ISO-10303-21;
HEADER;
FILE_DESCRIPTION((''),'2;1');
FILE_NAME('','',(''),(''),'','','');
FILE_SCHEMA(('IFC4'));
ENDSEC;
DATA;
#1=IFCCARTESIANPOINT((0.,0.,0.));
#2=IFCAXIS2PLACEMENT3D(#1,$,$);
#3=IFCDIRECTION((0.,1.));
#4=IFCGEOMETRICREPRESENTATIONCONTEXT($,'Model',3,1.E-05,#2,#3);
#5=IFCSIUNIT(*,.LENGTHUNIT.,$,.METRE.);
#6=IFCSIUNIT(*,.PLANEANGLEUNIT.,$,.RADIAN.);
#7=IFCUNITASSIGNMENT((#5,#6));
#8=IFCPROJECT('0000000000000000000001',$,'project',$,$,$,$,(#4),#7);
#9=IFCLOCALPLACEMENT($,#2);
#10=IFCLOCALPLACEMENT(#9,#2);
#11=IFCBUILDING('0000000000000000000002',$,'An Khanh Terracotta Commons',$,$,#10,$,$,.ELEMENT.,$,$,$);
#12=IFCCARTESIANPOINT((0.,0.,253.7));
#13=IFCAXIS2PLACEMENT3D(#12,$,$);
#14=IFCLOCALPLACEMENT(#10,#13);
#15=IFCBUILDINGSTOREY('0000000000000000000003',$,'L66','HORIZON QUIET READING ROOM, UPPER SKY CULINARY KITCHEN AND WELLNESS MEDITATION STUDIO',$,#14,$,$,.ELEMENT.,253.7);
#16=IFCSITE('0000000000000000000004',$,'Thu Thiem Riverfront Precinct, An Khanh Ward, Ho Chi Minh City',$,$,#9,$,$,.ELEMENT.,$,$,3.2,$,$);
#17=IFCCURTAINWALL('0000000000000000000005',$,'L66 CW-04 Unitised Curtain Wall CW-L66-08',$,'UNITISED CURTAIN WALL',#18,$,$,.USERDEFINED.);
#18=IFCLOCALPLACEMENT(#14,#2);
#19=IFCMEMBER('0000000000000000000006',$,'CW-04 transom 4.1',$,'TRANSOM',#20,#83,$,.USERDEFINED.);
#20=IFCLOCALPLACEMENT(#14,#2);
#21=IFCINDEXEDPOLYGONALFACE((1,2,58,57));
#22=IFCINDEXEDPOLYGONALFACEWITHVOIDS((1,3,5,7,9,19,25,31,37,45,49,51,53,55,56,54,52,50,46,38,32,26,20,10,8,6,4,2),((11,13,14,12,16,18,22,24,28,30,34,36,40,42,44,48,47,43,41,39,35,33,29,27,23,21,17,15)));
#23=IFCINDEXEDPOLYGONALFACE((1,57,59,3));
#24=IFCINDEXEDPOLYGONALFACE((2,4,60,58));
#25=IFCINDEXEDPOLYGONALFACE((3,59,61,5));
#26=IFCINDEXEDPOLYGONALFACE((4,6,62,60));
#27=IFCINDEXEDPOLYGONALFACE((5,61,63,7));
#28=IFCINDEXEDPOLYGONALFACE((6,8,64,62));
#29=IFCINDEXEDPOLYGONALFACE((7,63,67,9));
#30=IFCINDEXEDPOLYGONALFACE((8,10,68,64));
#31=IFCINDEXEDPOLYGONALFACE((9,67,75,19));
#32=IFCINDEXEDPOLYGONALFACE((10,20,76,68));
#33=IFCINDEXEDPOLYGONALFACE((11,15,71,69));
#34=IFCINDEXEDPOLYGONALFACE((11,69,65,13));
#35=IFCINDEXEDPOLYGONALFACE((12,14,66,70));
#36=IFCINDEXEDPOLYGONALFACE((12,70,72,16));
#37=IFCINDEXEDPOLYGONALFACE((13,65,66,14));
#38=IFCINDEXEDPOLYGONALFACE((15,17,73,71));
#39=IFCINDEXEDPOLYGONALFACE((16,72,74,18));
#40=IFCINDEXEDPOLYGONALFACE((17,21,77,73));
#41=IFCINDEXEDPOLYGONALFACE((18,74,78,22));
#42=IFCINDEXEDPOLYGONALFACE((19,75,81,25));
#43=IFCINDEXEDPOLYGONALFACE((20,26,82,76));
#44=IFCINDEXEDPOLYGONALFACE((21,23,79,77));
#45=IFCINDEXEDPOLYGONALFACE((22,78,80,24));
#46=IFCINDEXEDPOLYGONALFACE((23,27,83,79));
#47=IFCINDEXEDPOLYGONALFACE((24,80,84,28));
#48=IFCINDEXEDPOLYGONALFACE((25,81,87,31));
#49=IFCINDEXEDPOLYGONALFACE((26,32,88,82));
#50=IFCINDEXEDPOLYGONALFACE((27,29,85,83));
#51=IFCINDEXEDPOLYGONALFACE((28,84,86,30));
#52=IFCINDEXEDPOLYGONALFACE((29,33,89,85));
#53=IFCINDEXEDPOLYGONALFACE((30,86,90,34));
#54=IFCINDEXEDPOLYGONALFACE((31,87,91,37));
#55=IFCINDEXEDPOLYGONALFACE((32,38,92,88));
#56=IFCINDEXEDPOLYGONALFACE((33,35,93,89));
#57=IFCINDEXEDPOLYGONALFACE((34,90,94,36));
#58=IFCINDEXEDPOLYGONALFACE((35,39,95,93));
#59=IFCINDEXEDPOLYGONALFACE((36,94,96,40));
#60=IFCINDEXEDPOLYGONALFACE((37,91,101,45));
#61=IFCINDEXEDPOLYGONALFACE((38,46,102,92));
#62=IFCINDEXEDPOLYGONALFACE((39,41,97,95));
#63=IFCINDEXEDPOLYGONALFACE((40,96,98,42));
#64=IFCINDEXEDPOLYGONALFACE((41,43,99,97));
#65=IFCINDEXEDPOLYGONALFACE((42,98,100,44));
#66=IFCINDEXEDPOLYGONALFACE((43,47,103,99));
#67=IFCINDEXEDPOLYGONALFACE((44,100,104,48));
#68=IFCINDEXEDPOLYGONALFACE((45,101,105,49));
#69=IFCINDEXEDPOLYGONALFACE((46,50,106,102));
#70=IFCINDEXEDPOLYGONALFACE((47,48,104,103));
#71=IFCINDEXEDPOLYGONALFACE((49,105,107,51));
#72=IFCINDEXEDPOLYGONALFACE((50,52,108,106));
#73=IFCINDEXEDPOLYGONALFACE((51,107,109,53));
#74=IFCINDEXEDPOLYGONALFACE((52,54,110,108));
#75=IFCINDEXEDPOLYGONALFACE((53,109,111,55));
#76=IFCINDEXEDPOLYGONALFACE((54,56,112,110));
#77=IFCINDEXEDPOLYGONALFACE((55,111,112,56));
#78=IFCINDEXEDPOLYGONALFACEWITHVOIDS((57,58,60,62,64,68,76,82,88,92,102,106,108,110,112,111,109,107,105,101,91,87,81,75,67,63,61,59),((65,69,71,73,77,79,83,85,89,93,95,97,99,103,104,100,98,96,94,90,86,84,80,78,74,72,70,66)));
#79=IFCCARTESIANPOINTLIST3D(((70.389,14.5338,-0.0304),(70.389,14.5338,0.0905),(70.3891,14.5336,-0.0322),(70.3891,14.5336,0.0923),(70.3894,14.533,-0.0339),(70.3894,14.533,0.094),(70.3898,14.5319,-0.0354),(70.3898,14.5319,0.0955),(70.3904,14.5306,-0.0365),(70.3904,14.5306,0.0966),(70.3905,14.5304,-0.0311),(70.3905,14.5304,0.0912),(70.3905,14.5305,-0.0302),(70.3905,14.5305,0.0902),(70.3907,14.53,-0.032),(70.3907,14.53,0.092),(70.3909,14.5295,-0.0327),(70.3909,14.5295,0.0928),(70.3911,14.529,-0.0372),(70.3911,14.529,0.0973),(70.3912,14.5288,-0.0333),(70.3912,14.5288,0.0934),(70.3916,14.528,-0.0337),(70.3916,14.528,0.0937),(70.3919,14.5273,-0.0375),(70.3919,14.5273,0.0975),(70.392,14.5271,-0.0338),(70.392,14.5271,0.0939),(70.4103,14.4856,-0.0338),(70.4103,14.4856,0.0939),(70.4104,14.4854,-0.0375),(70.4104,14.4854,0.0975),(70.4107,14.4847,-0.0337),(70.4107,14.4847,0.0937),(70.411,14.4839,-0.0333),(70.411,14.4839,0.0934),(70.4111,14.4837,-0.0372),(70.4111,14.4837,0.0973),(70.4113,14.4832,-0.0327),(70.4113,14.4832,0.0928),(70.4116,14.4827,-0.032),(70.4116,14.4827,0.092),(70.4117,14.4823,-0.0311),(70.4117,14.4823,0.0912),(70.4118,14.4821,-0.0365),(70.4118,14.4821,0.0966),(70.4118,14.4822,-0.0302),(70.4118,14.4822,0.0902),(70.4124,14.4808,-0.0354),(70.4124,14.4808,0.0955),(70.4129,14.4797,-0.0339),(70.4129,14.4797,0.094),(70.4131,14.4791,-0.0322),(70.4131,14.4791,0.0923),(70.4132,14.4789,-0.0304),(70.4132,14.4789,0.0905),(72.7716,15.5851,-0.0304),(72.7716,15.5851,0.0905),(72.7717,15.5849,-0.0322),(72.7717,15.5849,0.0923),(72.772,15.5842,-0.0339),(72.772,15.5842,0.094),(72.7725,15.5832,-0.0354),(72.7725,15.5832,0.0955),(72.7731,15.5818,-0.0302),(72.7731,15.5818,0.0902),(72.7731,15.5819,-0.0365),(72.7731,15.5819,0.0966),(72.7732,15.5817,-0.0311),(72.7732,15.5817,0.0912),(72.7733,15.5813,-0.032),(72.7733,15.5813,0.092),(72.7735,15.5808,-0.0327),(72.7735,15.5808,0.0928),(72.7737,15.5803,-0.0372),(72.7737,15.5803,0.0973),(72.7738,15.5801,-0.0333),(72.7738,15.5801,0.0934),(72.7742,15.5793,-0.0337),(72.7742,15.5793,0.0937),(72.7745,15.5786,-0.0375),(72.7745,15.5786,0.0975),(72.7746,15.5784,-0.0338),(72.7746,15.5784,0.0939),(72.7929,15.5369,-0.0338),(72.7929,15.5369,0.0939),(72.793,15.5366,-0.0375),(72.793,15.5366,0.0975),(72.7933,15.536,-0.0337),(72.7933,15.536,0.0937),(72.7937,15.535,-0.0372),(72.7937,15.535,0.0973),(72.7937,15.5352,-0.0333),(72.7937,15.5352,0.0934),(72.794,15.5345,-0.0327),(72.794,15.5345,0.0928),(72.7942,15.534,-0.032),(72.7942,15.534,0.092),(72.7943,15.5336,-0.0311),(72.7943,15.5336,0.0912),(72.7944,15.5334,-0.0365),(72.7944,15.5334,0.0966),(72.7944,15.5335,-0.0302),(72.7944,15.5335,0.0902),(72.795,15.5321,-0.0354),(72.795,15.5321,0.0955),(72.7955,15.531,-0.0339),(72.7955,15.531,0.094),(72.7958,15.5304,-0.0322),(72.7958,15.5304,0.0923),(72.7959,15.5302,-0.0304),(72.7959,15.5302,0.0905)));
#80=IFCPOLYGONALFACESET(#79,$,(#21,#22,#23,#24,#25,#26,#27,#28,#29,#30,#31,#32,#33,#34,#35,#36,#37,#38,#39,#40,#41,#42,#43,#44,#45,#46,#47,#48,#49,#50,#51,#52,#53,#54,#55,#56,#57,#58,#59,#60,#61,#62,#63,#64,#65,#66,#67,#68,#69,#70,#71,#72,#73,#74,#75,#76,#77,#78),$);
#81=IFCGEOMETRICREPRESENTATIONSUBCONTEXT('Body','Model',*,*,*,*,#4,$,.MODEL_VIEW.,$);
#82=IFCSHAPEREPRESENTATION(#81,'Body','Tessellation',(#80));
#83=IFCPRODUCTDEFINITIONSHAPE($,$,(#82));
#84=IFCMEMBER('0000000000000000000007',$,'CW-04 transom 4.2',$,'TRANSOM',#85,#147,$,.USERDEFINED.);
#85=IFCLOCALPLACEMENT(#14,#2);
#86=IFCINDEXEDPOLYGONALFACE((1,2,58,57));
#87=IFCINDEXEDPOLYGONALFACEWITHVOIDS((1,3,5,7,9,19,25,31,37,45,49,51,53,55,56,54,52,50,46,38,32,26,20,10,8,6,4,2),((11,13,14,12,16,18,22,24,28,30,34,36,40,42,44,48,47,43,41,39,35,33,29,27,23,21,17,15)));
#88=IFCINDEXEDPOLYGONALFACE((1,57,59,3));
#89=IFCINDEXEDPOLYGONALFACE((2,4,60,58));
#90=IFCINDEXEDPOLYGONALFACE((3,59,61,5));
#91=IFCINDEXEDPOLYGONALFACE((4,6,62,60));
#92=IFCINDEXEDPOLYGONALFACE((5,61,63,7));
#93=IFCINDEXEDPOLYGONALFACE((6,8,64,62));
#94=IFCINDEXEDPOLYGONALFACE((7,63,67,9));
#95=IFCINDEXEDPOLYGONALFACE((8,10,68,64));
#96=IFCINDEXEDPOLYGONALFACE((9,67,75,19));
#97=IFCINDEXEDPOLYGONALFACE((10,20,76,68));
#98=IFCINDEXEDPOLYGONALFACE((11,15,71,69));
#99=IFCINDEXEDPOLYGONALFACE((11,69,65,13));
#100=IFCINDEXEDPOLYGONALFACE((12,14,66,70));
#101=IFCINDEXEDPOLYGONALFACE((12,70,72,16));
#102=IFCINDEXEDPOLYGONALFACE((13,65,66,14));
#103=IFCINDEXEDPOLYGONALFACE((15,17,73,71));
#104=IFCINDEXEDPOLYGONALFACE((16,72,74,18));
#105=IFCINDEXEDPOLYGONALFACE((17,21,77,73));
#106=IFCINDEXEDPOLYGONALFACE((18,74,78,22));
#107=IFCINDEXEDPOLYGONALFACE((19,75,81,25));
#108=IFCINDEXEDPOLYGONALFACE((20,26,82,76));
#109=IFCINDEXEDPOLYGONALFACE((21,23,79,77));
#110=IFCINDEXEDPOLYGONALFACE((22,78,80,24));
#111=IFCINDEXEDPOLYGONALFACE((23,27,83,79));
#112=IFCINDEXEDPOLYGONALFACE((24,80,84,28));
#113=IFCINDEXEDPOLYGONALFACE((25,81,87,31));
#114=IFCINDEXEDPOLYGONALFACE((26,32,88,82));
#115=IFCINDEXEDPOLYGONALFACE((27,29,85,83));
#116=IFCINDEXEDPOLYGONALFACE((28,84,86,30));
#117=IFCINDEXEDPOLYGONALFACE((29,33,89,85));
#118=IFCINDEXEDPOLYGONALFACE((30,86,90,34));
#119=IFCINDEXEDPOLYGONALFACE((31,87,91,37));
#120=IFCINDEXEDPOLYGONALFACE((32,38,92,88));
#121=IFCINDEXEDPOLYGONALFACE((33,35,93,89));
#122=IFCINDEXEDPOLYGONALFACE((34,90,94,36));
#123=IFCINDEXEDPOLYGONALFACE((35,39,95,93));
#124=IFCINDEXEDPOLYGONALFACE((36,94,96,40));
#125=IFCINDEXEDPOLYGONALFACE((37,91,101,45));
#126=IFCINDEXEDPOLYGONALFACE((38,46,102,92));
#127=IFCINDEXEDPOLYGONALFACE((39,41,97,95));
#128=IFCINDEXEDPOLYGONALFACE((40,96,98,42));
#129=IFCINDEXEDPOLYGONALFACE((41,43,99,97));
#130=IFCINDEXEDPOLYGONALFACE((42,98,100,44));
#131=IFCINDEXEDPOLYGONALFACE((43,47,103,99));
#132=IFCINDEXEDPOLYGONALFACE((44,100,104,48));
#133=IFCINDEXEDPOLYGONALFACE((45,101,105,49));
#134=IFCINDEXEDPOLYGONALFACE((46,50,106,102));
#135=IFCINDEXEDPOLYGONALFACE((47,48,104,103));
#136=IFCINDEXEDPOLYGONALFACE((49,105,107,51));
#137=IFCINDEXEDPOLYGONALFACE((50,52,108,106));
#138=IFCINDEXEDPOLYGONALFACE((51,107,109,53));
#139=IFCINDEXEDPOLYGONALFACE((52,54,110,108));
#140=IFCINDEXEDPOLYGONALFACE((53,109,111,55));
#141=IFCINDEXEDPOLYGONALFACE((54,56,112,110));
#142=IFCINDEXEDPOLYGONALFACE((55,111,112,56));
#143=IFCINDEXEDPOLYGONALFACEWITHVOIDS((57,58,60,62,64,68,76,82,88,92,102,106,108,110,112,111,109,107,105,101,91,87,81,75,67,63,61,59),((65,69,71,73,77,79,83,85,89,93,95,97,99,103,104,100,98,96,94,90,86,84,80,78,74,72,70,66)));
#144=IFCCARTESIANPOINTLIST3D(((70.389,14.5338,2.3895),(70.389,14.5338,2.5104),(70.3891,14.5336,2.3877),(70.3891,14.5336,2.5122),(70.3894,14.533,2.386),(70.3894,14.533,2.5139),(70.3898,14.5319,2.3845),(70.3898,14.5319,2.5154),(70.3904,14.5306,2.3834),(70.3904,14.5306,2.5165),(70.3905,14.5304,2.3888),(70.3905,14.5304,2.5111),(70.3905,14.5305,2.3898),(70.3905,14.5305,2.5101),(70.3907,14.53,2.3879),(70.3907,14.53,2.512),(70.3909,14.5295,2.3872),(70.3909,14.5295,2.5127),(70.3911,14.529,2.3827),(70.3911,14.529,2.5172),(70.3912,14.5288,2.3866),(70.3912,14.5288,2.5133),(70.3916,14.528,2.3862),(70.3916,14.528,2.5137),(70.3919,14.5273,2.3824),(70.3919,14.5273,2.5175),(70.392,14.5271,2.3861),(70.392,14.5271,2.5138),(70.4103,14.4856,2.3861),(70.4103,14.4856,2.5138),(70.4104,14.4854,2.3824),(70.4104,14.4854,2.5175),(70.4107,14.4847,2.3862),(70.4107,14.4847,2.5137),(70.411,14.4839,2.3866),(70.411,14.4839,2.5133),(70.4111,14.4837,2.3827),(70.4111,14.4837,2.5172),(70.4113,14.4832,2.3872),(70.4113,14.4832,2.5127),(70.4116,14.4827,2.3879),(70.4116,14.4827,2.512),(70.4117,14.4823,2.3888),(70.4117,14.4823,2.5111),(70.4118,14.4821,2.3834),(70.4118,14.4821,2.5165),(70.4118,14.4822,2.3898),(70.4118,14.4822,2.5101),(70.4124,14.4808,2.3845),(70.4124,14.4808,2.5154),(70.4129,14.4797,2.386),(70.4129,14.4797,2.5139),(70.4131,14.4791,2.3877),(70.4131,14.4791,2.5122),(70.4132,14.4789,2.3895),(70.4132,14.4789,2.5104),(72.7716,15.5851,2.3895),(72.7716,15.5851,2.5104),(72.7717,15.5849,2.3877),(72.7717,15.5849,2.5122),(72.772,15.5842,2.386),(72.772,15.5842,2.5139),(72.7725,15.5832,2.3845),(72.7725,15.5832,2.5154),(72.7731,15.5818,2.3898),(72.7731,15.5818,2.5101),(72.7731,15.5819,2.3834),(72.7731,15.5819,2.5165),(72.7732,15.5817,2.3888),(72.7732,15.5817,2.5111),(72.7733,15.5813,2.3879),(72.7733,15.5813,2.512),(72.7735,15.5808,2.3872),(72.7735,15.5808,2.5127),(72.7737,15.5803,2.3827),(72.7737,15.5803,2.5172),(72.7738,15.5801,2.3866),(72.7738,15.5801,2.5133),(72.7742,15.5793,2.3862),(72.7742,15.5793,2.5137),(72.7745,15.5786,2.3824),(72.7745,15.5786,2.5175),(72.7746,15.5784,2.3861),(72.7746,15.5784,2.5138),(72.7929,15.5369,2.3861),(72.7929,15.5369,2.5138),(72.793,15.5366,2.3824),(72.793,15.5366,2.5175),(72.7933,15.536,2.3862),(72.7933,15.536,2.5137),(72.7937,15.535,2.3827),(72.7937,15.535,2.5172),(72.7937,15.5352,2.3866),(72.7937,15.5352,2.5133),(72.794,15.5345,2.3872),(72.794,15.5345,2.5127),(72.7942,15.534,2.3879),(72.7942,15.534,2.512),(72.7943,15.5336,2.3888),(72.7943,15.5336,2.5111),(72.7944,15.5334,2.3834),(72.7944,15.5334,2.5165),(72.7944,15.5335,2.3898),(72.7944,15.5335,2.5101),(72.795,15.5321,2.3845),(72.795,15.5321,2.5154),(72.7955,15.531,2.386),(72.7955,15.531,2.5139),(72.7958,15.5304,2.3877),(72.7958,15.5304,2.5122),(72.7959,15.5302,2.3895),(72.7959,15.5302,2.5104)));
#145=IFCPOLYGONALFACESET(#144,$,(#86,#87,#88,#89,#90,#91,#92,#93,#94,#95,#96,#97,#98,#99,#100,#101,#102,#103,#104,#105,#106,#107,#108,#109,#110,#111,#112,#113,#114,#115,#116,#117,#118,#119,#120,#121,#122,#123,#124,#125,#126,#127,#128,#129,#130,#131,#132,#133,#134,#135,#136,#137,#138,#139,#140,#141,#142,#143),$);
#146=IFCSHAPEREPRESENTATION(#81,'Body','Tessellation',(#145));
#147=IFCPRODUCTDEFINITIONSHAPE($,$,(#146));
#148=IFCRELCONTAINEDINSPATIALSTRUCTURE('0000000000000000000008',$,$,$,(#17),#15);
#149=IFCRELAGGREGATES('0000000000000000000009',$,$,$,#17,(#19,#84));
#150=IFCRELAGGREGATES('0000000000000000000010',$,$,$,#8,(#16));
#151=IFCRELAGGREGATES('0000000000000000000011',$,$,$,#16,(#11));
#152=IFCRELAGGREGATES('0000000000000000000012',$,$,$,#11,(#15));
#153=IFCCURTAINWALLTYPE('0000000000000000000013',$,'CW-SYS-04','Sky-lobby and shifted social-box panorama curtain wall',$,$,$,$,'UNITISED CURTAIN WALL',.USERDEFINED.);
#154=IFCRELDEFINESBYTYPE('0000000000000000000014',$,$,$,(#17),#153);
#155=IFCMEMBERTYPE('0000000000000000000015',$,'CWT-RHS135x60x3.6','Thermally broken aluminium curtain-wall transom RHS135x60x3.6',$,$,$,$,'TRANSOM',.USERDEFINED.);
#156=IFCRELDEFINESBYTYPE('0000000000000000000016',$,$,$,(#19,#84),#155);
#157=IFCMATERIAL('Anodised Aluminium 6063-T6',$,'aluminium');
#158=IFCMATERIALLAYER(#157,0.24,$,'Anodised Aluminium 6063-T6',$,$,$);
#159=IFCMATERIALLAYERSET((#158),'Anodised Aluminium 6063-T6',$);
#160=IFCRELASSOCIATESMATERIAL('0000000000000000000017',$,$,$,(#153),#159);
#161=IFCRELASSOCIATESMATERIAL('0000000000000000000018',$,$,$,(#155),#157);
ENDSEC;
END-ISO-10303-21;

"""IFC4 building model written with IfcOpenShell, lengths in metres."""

from ifc_helpers import new_model, si_unit, direction, frame, origin, origin_2d, place, context, subcontext, project, spatial, hollow_rectangle, extrude, material, layer, layer_set, material_profile, profile_set, type_object, element, aggregate, save


model = new_model("IFC4")

# Units and contexts
model_context = context("Model", 3, precision=1e-05, world=origin(), true_north=direction((0.0, 1.0)))
body_context = subcontext(model_context, "Body", "Model", "MODEL_VIEW")
ifc_project = project(units=[si_unit("LENGTHUNIT", "METRE"), si_unit("PLANEANGLEUNIT", "RADIAN")], contexts=[model_context])

# Site, building, storey
site_placement = place(None, origin())
site = spatial("IfcSite", under=ifc_project, at=site_placement, Name="Thu Thiem Riverfront Precinct, An Khanh Ward, Ho Chi Minh City", CompositionType="ELEMENT", RefElevation=3.2)
building_placement = place(site_placement, origin())
building = spatial("IfcBuilding", under=site, at=building_placement, Name="An Khanh Terracotta Commons", CompositionType="ELEMENT")
storey_placement = place(building_placement, frame((0.0, 0.0, 253.7)))
storey = spatial("IfcBuildingStorey", under=building, at=storey_placement, Name="L66", Description="HORIZON QUIET READING ROOM, UPPER SKY CULINARY KITCHEN AND WELLNESS MEDITATION STUDIO", CompositionType="ELEMENT", Elevation=253.7)

# Curtain wall
ifc_material_1 = material(Name="Anodised Aluminium 6063-T6", Category="aluminium")
ifc_layer_1 = layer(ifc_material_1, 0.24, Name="Anodised Aluminium 6063-T6")
ifc_layer_set_1 = layer_set([ifc_layer_1], Name="Anodised Aluminium 6063-T6")
curtain_wall_type = type_object("IfcCurtainWallType", Name="CW-SYS-04", Description="Sky-lobby and shifted social-box panorama curtain wall", ElementType="UNITISED CURTAIN WALL", PredefinedType="USERDEFINED", material=ifc_layer_set_1)
curtain_wall_1_placement = place(storey_placement, origin())
curtain_wall_1 = element("IfcCurtainWall", 1, at=curtain_wall_1_placement, inside=storey, type_object=curtain_wall_type, Name="L66 CW-04 Unitised Curtain Wall CW-L66-08", ObjectType="UNITISED CURTAIN WALL", PredefinedType="USERDEFINED")

# Members
ifc_material_profile_1 = material_profile(ifc_material_1, hollow_rectangle(XDim=0.0601, YDim=0.135, WallThickness=0.0037, InnerFilletRadius=0.0037, OuterFilletRadius=0.0071, at=origin_2d()), Name="RHS135x60x3.6")
ifc_profile_set_1 = profile_set([ifc_material_profile_1], Name="Anodised Aluminium 6063-T6")
member_type_1 = type_object("IfcMemberType", Name="CWT-RHS135x60x3.6", Description="Thermally broken aluminium curtain-wall transom RHS135x60x3.6", ElementType="TRANSOM", PredefinedType="USERDEFINED", material=ifc_profile_set_1)
member_1_placement = place(storey_placement, frame((70.4011, 14.5063, 0.03), z_axis=(0.914898, 0.403684, 0.0), x_axis=(-0.403684, 0.914898, 0.0)))
member_1 = element("IfcMember", 2, at=member_1_placement, type_object=member_type_1, Name="CW-04 transom 4.1", ObjectType="TRANSOM", PredefinedType="USERDEFINED", context=body_context, shape_type="SweptSolid", body=[
    extrude(hollow_rectangle(XDim=0.0601, YDim=0.135, WallThickness=0.0037, InnerFilletRadius=0.0037, OuterFilletRadius=0.0071, at=origin_2d()), origin(), (0.0, 0.0, 1.0), 2.6042),
])
member_2_placement = place(storey_placement, frame((70.4011, 14.5063, 2.45), z_axis=(0.914898, 0.403684, 0.0), x_axis=(-0.403684, 0.914898, 0.0)))
member_2 = element("IfcMember", 3, at=member_2_placement, type_object=member_type_1, Name="CW-04 transom 4.2", ObjectType="TRANSOM", PredefinedType="USERDEFINED", context=body_context, shape_type="SweptSolid", body=[
    extrude(hollow_rectangle(XDim=0.0601, YDim=0.135, WallThickness=0.0037, InnerFilletRadius=0.0037, OuterFilletRadius=0.0071, at=origin_2d()), origin(), (0.0, 0.0, 1.0), 2.6042),
])

aggregate(curtain_wall_1, [member_1, member_2])

save(model, "model.ifc")
